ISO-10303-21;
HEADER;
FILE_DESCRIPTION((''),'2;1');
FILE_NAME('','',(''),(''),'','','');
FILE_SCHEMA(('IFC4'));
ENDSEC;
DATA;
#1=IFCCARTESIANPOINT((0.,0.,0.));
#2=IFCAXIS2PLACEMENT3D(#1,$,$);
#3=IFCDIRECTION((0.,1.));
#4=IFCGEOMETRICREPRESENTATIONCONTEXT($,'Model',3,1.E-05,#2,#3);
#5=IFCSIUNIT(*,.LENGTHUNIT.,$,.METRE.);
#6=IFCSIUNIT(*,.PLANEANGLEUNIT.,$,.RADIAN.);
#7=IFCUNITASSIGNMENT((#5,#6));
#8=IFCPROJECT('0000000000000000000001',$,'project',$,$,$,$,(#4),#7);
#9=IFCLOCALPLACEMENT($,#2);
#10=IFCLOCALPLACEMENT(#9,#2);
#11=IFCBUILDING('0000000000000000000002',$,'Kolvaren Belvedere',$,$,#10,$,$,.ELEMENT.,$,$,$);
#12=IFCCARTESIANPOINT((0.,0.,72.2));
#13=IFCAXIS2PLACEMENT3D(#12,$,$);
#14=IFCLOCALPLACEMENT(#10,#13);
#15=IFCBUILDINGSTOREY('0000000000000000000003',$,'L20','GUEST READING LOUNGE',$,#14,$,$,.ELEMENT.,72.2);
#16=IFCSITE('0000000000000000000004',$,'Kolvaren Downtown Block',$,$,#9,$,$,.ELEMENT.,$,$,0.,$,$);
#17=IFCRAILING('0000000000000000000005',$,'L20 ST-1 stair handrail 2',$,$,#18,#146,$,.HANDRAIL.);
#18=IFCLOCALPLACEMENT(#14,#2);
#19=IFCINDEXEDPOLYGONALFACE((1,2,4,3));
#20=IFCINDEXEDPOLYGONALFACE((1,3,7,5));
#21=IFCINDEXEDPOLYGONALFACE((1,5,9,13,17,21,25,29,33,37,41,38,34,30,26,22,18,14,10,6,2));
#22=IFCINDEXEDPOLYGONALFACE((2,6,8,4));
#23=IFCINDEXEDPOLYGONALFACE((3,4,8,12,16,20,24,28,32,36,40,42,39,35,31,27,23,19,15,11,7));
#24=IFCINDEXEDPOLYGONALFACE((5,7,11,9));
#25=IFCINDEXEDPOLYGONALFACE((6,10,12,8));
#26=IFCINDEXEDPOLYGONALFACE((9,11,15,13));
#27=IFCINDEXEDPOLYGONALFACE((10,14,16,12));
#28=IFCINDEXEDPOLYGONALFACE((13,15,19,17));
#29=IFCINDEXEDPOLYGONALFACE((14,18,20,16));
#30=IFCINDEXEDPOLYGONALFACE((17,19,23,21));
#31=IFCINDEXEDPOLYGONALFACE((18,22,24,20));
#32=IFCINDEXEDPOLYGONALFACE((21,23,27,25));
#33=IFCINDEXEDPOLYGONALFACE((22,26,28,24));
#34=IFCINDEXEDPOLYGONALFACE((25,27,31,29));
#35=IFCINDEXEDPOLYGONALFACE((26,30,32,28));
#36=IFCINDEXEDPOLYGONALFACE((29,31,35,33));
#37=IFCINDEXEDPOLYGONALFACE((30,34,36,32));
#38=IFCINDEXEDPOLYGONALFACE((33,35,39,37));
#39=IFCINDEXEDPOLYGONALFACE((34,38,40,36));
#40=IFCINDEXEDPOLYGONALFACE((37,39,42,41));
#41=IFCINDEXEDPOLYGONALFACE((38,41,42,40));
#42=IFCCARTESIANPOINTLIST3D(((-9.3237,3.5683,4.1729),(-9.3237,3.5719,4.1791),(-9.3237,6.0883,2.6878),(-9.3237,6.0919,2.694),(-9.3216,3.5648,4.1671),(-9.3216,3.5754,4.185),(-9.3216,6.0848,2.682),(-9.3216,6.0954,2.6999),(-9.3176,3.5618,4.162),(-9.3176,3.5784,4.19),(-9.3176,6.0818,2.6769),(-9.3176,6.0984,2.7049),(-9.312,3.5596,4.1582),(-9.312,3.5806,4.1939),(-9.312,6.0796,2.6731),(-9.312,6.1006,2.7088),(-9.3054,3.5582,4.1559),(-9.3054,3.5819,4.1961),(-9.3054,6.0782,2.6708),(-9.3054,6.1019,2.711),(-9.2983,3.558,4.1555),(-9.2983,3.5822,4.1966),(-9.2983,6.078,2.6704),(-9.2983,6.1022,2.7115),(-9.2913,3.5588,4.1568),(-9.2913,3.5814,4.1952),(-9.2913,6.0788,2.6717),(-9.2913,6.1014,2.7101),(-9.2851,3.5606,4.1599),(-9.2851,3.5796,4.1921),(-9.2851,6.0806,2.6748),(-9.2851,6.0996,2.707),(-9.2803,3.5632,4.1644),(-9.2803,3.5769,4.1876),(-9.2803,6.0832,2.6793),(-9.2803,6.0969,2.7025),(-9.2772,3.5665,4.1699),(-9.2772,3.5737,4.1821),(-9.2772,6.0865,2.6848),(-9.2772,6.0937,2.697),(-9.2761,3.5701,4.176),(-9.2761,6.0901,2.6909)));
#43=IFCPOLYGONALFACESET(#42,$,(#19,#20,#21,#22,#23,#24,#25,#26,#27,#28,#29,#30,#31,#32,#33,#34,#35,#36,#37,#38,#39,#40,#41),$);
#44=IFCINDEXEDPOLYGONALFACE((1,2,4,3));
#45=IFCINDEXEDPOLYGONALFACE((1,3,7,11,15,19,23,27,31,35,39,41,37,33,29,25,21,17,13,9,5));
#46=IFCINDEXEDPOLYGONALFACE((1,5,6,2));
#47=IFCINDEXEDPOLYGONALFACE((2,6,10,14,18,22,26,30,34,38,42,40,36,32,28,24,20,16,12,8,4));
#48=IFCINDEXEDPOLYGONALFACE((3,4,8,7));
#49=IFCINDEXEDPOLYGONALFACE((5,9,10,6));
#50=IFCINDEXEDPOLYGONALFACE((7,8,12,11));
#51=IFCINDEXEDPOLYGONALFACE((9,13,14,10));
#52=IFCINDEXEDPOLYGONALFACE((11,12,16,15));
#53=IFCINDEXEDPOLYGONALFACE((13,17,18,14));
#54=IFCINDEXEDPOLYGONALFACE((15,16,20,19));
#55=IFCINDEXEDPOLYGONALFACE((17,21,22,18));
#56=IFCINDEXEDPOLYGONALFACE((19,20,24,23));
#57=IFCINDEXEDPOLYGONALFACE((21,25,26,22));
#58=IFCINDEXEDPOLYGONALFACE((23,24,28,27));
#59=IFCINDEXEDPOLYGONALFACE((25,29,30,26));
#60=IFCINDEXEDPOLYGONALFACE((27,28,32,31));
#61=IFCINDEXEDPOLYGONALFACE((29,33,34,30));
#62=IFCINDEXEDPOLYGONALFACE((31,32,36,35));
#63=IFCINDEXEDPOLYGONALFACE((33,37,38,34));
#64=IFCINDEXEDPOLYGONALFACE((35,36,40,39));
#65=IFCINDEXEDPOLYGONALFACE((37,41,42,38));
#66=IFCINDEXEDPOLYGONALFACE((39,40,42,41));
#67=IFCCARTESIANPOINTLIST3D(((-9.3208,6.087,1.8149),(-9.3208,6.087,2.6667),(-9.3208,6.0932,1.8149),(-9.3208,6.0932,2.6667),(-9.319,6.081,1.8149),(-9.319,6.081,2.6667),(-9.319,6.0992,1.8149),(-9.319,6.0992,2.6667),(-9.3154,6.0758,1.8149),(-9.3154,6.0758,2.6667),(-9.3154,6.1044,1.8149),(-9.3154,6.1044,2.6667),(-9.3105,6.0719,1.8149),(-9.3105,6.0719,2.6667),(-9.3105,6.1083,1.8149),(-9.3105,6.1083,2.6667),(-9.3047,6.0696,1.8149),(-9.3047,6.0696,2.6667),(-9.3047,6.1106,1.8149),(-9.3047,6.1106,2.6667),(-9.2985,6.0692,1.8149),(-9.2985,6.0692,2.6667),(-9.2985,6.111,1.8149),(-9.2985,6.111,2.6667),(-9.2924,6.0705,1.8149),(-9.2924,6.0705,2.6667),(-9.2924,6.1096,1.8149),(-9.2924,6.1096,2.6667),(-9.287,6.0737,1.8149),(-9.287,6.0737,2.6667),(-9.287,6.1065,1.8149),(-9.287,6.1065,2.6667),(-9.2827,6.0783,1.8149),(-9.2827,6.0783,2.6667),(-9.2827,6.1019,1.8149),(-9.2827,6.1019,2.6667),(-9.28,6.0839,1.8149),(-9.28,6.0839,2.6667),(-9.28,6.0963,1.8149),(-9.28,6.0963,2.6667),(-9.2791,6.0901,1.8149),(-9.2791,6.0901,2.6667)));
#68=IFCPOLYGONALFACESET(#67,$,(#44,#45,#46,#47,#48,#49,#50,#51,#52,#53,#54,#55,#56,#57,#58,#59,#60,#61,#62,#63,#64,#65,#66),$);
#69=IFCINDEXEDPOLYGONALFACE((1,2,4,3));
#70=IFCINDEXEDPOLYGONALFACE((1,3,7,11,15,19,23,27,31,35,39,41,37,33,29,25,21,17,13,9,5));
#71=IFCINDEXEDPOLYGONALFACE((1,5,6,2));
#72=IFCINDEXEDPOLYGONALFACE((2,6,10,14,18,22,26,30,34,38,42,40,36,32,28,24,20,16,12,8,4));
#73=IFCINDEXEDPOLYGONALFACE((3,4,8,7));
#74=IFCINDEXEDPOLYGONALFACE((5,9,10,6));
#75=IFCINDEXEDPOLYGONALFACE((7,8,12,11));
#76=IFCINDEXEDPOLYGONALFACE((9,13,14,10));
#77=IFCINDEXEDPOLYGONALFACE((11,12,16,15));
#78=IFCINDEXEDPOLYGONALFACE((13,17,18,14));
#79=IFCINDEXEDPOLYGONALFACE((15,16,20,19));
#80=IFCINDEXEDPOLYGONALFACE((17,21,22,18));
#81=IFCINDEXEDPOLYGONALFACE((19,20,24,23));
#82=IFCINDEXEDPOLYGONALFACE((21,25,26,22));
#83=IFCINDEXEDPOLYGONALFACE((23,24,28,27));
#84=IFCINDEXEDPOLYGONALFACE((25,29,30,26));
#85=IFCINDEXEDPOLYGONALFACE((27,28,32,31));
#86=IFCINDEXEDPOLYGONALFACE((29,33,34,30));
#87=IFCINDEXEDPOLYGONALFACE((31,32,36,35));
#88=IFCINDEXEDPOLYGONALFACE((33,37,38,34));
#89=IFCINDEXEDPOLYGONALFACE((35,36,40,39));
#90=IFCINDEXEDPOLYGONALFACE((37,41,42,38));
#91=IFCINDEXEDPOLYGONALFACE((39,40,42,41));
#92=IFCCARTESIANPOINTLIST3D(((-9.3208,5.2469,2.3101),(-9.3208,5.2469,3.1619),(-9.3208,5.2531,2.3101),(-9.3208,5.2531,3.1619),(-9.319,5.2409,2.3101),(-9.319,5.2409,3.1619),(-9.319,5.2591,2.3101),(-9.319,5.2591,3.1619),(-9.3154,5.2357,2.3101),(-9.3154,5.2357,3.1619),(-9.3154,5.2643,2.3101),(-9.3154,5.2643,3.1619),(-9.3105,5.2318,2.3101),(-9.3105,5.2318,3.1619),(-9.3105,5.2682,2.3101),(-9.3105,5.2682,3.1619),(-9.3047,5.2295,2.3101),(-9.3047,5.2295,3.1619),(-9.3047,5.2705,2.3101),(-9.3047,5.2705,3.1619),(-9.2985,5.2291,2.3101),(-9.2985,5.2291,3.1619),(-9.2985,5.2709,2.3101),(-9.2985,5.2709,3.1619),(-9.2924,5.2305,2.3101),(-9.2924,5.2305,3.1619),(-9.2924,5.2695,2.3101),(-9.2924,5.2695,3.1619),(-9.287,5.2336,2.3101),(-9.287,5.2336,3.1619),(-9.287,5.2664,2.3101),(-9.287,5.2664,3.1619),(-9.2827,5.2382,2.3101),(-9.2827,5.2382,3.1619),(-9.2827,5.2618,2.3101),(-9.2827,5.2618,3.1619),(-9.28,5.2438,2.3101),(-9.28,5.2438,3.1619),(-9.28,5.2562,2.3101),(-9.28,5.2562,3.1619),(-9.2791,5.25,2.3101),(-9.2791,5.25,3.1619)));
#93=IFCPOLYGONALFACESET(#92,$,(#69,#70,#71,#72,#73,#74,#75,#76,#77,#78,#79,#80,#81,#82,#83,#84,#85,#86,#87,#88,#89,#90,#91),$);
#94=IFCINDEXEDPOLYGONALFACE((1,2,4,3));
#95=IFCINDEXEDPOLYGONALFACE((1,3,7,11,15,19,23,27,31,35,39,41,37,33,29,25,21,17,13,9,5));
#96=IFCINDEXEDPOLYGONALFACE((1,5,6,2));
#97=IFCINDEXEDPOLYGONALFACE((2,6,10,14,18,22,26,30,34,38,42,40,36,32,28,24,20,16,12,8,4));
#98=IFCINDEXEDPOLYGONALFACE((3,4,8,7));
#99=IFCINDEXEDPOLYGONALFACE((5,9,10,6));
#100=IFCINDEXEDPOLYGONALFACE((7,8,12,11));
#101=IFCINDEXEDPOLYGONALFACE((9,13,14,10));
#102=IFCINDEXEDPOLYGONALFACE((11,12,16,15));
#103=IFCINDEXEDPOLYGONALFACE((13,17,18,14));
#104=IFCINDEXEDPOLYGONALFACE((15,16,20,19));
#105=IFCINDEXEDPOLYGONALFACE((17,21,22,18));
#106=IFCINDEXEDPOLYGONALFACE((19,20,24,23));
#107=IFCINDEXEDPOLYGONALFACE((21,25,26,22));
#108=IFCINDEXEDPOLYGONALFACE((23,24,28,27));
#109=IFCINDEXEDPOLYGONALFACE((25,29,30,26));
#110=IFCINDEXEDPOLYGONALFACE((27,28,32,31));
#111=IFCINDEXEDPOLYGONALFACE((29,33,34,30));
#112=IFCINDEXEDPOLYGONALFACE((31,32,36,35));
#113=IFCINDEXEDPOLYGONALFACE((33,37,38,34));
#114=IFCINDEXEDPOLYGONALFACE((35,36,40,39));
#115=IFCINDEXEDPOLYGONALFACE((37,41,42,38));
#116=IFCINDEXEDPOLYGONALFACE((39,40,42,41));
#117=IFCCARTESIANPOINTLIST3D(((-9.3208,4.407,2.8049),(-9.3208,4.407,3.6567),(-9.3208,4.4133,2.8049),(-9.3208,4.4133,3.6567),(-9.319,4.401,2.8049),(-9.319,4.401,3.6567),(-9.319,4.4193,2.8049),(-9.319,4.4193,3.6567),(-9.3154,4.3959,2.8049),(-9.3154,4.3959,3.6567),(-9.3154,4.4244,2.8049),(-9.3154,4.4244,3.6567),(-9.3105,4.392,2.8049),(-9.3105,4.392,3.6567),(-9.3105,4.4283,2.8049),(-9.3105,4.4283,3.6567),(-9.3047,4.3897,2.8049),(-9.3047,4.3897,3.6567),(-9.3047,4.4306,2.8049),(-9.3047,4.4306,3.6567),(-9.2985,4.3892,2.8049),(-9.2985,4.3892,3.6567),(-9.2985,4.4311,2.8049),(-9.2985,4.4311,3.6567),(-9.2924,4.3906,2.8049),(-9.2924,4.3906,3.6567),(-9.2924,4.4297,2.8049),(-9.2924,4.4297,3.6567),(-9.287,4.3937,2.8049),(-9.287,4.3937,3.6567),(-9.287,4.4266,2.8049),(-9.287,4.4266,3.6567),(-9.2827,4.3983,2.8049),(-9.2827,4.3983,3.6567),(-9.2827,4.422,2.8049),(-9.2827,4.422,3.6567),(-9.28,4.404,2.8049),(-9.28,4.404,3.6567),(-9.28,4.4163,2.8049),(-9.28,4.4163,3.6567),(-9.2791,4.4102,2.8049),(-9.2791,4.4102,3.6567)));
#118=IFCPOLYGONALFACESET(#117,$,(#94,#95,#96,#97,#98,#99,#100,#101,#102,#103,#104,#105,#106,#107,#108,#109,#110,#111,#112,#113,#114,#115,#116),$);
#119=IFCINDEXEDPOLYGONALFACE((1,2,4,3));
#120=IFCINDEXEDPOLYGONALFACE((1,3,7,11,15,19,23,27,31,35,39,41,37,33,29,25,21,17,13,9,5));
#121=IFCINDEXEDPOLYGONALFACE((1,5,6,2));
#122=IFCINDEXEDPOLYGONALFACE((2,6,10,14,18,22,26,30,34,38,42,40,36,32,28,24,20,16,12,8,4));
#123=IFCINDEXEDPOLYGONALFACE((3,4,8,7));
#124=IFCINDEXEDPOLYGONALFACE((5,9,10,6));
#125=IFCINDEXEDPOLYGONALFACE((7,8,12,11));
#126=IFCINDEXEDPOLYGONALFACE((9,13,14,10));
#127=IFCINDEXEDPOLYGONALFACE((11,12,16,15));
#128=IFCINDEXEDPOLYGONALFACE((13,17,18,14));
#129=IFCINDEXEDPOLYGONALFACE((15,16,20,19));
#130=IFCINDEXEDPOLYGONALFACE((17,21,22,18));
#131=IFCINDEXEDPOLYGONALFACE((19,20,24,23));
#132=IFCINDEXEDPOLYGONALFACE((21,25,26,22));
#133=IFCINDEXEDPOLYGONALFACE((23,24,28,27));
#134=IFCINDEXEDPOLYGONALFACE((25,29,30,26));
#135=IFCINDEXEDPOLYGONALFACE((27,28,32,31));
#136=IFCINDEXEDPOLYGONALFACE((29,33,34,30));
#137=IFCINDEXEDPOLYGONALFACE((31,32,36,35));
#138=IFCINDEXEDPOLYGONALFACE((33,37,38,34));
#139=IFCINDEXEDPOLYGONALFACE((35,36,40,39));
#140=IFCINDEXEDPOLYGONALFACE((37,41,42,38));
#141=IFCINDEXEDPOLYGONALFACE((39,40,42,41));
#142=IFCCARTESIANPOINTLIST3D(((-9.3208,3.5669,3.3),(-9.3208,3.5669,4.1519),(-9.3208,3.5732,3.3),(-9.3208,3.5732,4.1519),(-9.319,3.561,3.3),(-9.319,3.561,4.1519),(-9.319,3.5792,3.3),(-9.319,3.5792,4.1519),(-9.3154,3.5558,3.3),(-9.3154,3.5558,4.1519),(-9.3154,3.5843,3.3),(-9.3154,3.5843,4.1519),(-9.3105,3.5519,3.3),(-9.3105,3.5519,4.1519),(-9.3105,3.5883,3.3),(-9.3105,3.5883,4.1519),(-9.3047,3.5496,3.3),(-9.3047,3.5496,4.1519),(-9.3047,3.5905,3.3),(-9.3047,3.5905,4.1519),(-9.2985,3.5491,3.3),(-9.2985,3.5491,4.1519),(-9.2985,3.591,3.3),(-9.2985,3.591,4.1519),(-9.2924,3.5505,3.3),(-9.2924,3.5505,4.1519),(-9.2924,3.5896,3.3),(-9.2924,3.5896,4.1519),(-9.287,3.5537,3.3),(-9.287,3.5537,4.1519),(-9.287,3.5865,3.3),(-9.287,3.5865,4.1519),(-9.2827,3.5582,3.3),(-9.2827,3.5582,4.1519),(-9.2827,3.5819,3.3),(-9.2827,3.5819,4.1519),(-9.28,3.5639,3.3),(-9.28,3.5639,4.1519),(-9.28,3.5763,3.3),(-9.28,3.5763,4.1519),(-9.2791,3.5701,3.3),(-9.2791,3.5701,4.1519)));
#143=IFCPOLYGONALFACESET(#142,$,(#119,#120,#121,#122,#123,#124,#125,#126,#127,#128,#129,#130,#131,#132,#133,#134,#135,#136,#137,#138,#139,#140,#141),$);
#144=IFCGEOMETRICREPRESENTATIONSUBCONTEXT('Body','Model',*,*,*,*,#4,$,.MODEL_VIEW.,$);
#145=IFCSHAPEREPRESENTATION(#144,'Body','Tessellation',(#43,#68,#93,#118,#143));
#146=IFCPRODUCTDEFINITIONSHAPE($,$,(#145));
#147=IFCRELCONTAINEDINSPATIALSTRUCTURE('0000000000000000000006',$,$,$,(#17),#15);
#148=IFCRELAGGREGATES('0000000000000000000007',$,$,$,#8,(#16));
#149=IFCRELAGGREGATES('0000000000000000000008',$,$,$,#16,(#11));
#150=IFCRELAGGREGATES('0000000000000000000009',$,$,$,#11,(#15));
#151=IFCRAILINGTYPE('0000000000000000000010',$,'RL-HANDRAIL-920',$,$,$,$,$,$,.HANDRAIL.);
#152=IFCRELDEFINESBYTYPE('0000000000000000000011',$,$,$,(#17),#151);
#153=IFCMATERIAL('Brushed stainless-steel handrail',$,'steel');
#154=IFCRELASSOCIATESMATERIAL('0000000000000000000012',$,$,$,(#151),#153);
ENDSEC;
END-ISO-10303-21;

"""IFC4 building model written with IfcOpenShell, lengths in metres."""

from ifc_helpers import new_model, si_unit, direction, frame, origin, origin_2d, place, context, subcontext, project, spatial, circle, extrude, material, type_object, element, save


model = new_model("IFC4")

# Units and contexts
model_context = context("Model", 3, precision=1e-05, world=origin(), true_north=direction((0.0, 1.0)))
body_context = subcontext(model_context, "Body", "Model", "MODEL_VIEW")
ifc_project = project(units=[si_unit("LENGTHUNIT", "METRE"), si_unit("PLANEANGLEUNIT", "RADIAN")], contexts=[model_context])

# Site, building, storey
site_placement = place(None, origin())
site = spatial("IfcSite", under=ifc_project, at=site_placement, Name="Kolvaren Downtown Block", CompositionType="ELEMENT", RefElevation=0.0)
building_placement = place(site_placement, origin())
building = spatial("IfcBuilding", under=site, at=building_placement, Name="Kolvaren Belvedere", CompositionType="ELEMENT")
storey_placement = place(building_placement, frame((0.0, 0.0, 72.2)))
storey = spatial("IfcBuildingStorey", under=building, at=storey_placement, Name="L20", Description="GUEST READING LOUNGE", CompositionType="ELEMENT", Elevation=72.2)

# Railing
ifc_material_1 = material(Name="Brushed stainless-steel handrail", Category="steel")
railing_type_1 = type_object("IfcRailingType", Name="RL-HANDRAIL-920", PredefinedType="HANDRAIL", material=ifc_material_1)
railing_1_placement = place(storey_placement, frame((-9.3, 6.0901, 1.8149)))
element("IfcRailing", 1, at=railing_1_placement, inside=storey, type_object=railing_type_1, Name="L20 ST-1 stair handrail 2", PredefinedType="HANDRAIL", context=body_context, shape_type="SweptSolid", body=[
    extrude(circle(Radius=0.0239, at=origin_2d()), frame((0.0, 0.0, 0.876), z_axis=(0.0, -0.861524, 0.507717), x_axis=(1.0, 0.0, 0.0)), (0.0, 0.0, 1.0), 2.925),
    extrude(circle(Radius=0.021, at=origin_2d()), origin(), (0.0, 0.0, 1.0), 0.8518),
    extrude(circle(Radius=0.021, at=origin_2d()), frame((0.0, -0.8401, 0.4951)), (0.0, 0.0, 1.0), 0.8518),
    extrude(circle(Radius=0.021, at=origin_2d()), frame((0.0, -1.6799, 0.99)), (0.0, 0.0, 1.0), 0.8518),
    extrude(circle(Radius=0.021, at=origin_2d()), frame((0.0, -2.52, 1.4851)), (0.0, 0.0, 1.0), 0.8518),
])

save(model, "model.ifc")
